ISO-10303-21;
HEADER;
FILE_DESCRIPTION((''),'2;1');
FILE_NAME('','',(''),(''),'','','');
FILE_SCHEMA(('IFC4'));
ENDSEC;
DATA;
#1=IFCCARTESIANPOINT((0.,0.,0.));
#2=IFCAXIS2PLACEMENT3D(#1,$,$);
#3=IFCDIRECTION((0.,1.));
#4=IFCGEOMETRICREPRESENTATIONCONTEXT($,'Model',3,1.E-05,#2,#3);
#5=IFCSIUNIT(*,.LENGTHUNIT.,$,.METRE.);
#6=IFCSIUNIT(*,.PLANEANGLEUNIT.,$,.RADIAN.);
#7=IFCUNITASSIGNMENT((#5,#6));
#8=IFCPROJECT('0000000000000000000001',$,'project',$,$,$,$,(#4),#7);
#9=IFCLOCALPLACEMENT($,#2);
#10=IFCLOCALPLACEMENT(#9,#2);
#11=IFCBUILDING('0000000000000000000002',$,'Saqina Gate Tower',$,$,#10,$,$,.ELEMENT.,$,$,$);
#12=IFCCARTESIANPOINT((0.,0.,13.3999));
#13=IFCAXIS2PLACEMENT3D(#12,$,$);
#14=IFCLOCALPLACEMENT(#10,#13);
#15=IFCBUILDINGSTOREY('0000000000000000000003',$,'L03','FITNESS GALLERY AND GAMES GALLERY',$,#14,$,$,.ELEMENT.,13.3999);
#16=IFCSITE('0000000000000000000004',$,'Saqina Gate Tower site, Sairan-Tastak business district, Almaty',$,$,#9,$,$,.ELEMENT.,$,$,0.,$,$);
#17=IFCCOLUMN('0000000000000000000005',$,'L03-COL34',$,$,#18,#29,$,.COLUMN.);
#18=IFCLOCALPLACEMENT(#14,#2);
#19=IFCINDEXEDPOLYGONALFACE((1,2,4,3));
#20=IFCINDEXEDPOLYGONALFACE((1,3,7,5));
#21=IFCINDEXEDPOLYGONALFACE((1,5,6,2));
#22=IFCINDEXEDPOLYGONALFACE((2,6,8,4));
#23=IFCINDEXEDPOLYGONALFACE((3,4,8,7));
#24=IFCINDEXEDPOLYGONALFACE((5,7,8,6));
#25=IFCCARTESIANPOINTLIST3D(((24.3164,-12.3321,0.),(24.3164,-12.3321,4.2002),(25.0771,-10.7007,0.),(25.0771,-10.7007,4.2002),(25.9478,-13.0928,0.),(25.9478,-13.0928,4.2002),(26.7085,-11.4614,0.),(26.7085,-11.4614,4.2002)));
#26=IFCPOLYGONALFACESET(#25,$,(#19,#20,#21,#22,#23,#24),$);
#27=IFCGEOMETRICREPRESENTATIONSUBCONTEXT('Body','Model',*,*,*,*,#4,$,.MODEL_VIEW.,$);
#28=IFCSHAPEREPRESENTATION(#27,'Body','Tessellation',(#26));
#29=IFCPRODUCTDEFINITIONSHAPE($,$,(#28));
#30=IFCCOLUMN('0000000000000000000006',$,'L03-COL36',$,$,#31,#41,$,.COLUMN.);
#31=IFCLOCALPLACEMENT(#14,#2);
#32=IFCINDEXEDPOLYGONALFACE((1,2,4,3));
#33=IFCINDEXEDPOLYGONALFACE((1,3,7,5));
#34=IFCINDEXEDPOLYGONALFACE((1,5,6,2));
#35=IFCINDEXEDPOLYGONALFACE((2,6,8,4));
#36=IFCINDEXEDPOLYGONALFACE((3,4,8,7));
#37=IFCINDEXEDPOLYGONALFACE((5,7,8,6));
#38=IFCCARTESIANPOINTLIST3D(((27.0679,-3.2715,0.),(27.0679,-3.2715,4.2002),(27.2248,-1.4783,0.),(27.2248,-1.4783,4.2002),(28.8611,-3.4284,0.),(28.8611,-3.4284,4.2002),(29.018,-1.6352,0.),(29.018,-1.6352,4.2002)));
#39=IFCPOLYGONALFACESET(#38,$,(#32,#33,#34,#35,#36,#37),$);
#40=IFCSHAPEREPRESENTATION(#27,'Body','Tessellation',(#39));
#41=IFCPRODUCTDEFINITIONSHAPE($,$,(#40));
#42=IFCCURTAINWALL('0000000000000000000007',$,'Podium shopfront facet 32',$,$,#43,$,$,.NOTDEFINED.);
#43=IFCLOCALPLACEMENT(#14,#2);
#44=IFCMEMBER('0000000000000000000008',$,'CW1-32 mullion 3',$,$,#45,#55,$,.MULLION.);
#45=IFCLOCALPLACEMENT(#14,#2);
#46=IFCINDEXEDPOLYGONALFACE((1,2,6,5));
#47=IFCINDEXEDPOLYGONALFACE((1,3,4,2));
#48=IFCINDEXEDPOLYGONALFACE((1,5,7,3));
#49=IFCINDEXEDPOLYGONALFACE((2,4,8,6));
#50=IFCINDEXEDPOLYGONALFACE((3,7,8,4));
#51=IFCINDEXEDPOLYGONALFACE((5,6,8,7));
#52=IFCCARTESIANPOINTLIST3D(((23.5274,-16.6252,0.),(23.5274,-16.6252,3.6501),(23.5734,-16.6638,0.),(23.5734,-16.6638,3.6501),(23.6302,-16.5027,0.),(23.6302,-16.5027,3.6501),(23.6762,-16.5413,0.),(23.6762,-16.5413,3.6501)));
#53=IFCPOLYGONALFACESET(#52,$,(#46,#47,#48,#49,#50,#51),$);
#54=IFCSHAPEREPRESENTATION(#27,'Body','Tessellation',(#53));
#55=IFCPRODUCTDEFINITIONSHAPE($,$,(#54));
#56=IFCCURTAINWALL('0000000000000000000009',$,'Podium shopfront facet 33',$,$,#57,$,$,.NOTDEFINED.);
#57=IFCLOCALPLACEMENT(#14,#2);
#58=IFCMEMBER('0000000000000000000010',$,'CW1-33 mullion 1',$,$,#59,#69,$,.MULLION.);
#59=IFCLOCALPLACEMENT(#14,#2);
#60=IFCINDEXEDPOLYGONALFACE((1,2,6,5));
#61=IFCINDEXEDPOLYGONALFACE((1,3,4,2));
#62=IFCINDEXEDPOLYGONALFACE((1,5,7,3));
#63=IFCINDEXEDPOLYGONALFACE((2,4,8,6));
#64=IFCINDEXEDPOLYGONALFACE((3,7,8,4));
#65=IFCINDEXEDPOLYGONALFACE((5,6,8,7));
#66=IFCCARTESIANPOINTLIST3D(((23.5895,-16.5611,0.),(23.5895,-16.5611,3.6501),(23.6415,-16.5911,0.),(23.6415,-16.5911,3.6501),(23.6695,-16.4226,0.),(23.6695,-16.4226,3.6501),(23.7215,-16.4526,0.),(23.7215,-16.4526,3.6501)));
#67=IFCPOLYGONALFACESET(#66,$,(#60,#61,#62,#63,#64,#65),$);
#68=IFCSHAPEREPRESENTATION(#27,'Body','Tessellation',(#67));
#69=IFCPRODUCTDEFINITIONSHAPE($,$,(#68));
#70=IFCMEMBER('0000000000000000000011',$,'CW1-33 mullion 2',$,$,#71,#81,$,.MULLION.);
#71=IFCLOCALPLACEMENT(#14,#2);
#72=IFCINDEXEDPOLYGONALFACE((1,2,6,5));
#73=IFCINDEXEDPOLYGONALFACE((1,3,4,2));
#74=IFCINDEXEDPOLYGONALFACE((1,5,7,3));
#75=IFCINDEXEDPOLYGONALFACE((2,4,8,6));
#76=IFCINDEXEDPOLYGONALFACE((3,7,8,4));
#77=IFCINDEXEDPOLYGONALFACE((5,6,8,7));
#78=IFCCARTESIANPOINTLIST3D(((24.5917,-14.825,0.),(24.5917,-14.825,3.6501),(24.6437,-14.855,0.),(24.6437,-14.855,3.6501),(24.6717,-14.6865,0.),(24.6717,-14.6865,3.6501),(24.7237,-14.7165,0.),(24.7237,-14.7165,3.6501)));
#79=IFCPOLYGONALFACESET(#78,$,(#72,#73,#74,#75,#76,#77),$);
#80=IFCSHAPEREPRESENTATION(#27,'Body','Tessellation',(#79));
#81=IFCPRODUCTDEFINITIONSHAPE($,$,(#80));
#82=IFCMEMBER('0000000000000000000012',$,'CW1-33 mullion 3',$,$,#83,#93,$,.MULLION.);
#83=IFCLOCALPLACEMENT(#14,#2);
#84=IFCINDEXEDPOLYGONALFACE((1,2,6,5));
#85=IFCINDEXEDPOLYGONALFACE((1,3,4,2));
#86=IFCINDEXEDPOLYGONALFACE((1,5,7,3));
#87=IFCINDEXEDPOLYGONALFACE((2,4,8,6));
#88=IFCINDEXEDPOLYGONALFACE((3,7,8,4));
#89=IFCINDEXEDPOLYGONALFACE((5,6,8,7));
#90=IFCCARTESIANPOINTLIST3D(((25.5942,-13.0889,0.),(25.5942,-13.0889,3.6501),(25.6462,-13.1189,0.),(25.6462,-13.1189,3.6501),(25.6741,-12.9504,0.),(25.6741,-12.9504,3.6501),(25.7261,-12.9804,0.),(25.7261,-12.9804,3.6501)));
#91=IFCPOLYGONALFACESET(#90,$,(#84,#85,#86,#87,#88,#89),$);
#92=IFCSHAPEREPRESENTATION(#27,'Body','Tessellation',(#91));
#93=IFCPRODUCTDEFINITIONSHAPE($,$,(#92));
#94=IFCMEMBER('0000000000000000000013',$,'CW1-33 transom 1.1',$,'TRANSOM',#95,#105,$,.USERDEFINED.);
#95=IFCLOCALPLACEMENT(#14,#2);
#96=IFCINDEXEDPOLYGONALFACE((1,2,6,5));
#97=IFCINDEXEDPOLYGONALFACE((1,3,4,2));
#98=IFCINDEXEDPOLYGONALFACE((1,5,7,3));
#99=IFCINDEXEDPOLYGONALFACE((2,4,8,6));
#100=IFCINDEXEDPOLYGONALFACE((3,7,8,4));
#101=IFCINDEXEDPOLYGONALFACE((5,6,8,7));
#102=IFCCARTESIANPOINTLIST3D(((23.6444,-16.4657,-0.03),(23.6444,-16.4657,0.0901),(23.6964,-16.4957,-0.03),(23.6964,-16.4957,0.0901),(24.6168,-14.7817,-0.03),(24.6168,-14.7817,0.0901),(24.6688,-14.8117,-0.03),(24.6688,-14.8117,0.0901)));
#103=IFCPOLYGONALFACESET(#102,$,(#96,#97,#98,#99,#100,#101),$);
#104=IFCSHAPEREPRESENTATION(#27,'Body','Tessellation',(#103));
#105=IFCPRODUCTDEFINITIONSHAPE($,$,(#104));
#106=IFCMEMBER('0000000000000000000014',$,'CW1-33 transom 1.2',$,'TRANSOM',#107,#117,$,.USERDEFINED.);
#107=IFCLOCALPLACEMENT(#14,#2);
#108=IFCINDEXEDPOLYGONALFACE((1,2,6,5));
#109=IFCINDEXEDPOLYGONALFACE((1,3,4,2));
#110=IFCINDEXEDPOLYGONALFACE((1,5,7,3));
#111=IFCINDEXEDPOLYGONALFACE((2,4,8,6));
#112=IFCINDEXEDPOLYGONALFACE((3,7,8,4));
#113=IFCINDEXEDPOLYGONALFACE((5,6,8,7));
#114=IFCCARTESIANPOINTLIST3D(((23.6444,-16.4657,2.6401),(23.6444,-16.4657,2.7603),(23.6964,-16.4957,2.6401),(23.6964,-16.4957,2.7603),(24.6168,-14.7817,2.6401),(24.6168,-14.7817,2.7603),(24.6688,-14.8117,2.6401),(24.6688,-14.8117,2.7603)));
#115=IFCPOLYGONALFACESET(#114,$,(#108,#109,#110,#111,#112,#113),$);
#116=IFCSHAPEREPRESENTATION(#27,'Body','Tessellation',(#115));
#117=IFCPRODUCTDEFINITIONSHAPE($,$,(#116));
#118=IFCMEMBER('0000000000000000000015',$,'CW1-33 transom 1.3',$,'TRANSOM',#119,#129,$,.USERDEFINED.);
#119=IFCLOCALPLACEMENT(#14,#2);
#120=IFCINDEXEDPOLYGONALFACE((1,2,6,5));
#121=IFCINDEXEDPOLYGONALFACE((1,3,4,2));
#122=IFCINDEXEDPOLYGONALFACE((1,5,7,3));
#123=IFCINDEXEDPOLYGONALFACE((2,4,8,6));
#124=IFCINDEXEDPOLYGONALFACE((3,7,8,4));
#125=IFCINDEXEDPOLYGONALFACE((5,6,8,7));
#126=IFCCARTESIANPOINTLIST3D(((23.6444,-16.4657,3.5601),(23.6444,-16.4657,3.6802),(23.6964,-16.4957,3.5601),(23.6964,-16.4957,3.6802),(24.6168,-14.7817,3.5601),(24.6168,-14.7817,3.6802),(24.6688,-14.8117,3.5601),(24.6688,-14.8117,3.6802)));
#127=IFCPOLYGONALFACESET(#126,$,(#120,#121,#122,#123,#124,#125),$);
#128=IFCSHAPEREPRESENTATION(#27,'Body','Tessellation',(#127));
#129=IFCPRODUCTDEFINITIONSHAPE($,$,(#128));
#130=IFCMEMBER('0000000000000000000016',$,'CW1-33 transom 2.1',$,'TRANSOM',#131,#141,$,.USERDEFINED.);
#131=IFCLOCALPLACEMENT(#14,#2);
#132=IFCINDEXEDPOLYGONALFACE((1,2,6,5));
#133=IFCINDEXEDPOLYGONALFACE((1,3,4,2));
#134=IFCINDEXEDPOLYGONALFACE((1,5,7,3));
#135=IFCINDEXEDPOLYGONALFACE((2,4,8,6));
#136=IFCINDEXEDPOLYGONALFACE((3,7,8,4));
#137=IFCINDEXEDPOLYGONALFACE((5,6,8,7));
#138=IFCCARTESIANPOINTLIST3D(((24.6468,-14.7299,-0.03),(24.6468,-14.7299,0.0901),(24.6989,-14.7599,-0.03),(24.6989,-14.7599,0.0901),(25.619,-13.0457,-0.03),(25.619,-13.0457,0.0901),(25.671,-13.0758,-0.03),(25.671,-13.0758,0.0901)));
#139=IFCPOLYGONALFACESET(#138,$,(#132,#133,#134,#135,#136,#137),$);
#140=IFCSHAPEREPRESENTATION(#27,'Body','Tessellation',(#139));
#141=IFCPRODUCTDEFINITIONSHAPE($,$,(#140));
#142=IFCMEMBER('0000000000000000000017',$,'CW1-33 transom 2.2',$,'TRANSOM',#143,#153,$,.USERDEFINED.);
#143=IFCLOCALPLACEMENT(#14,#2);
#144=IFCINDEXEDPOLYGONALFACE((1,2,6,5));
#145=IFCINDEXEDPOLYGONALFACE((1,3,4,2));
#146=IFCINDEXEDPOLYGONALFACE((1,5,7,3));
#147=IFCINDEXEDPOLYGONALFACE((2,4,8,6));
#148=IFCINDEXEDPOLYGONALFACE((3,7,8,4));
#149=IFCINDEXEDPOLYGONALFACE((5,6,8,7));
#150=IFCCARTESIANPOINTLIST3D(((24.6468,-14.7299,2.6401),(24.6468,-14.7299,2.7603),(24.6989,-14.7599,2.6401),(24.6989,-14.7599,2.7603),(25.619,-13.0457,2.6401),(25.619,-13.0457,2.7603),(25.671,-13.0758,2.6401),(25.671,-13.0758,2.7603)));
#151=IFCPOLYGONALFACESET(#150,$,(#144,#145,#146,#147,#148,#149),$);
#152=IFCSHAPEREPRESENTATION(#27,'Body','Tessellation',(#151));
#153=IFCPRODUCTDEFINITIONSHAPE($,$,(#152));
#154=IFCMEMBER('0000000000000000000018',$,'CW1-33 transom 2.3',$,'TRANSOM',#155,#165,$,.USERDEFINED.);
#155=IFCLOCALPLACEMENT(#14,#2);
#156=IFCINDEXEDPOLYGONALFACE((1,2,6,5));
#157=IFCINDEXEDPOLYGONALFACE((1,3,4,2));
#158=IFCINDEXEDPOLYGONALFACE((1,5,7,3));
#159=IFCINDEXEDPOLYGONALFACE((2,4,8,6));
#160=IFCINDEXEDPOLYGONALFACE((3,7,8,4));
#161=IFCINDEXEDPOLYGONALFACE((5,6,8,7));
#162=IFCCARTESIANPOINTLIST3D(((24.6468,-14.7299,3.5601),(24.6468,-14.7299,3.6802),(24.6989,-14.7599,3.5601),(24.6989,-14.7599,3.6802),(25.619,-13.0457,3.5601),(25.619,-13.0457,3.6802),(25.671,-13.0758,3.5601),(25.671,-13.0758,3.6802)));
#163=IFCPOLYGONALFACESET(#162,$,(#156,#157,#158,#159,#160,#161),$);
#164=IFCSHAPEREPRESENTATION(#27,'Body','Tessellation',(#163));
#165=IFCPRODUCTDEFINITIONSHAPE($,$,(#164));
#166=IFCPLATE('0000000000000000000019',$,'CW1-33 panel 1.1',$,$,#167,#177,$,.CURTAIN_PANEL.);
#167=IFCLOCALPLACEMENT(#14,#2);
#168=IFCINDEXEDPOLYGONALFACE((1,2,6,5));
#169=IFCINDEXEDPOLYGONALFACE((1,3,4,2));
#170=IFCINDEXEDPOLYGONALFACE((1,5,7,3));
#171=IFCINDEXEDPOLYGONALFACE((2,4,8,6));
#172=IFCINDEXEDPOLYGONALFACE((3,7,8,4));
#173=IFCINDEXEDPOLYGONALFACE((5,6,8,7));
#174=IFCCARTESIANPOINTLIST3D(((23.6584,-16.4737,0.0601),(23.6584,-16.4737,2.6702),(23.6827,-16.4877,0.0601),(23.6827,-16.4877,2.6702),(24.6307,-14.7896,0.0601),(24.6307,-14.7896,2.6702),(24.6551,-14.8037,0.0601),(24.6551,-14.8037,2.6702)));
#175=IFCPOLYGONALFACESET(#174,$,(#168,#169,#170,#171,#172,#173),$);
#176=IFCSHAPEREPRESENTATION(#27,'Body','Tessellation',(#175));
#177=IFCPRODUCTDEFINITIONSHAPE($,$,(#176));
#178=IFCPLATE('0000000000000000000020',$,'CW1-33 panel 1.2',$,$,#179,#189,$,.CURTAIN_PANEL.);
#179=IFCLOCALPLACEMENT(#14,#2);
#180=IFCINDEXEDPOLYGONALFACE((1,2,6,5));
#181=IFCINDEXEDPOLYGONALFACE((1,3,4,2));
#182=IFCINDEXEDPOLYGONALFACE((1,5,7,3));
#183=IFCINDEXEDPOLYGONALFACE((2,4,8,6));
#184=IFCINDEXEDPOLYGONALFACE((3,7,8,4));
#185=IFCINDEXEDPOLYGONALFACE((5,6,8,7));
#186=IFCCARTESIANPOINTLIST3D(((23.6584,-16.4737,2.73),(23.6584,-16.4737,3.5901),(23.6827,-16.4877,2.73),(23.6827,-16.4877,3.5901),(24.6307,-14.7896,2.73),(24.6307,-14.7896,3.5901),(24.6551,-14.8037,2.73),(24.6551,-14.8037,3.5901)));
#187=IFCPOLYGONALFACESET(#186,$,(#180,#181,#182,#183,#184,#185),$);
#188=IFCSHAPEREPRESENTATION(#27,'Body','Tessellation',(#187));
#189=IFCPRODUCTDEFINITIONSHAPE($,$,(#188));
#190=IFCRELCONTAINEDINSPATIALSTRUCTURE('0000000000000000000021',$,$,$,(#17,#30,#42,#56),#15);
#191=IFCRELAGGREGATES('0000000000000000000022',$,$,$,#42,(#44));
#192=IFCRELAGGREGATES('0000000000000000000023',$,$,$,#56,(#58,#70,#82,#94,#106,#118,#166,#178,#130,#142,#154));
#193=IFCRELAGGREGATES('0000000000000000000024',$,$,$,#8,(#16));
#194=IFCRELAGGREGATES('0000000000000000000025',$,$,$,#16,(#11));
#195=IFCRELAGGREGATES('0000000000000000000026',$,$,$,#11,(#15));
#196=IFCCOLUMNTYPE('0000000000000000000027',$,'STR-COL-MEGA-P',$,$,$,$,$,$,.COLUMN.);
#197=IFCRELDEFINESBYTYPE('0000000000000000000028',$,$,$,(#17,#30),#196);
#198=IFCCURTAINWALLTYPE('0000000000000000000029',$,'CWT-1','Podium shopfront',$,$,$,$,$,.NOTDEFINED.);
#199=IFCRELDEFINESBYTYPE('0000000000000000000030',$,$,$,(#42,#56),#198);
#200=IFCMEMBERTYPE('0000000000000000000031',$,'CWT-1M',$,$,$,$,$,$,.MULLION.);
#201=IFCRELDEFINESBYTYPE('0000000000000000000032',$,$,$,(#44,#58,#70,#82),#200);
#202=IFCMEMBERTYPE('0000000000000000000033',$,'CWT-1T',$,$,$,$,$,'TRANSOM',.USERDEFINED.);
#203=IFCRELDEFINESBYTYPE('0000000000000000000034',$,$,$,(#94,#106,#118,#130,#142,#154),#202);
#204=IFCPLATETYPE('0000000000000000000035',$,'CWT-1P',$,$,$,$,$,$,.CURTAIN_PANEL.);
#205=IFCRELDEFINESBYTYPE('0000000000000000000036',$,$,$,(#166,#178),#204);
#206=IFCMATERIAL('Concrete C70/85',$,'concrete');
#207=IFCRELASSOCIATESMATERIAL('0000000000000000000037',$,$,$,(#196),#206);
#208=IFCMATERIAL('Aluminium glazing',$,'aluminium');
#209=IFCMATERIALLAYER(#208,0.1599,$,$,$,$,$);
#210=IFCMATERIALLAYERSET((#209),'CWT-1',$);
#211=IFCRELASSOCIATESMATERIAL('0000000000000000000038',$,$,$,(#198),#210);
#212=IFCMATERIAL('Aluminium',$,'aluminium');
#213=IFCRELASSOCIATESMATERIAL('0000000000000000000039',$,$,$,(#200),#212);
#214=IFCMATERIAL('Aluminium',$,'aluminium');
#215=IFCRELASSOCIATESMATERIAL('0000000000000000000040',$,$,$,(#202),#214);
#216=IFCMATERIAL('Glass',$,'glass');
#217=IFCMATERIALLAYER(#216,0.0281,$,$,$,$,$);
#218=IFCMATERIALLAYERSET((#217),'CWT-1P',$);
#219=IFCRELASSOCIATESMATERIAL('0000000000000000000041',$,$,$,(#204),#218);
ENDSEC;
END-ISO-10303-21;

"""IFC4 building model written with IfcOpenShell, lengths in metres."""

from ifc_helpers import new_model, si_unit, direction, frame, origin, origin_2d, place, context, subcontext, project, spatial, rectangle, extrude, material, layer, layer_set, material_profile, profile_set, type_object, element, aggregate, save


model = new_model("IFC4")

# Units and contexts
model_context = context("Model", 3, precision=1e-05, world=origin(), true_north=direction((0.0, 1.0)))
body_context = subcontext(model_context, "Body", "Model", "MODEL_VIEW")
ifc_project = project(units=[si_unit("LENGTHUNIT", "METRE"), si_unit("PLANEANGLEUNIT", "RADIAN")], contexts=[model_context])

# Site, building, storey
site_placement = place(None, origin())
site = spatial("IfcSite", under=ifc_project, at=site_placement, Name="Saqina Gate Tower site, Sairan-Tastak business district, Almaty", CompositionType="ELEMENT", RefElevation=0.0)
building_placement = place(site_placement, origin())
building = spatial("IfcBuilding", under=site, at=building_placement, Name="Saqina Gate Tower", CompositionType="ELEMENT")
storey_placement = place(building_placement, frame((0.0, 0.0, 13.3999)))
storey = spatial("IfcBuildingStorey", under=building, at=storey_placement, Name="L03", Description="FITNESS GALLERY AND GAMES GALLERY", CompositionType="ELEMENT", Elevation=13.3999)

# Columns
ifc_material_1 = material(Name="Concrete C70/85", Category="concrete")
ifc_material_profile_1 = material_profile(ifc_material_1, rectangle(XDim=1.8, YDim=1.8, at=origin_2d()), Name="RC 1800x1800")
ifc_profile_set_1 = profile_set([ifc_material_profile_1], Name="Concrete C70/85")
column_type = type_object("IfcColumnType", Name="STR-COL-MEGA-P", PredefinedType="COLUMN", material=ifc_profile_set_1)
for number, where, z_axis, x_axis, name in (
    (1, (25.5125, -11.8967, 0.0), (0.0, 0.0, 1.0), (0.906308, -0.422618, 0.0), "L03-COL34"),
    (2, (28.043, -2.4534, 0.0), (0.0, 0.0, 1.0), (0.996195, -0.087156, 0.0), "L03-COL36"),
):
    element("IfcColumn", number, at=place(storey_placement, frame(where, z_axis=z_axis, x_axis=x_axis)), inside=storey, type_object=column_type, Name=name, PredefinedType="COLUMN", context=body_context, shape_type="SweptSolid", body=[
        extrude(rectangle(XDim=1.8, YDim=1.8, at=origin_2d()), origin(), (0.0, 0.0, 1.0), 4.2002),
    ])

# Curtain wall, member
ifc_material_2 = material(Name="Aluminium glazing", Category="aluminium")
ifc_layer_1 = layer(ifc_material_2, 0.1599)
ifc_layer_set_1 = layer_set([ifc_layer_1], Name="CWT-1")
curtain_wall_type = type_object("IfcCurtainWallType", Name="CWT-1", Description="Podium shopfront", PredefinedType="NOTDEFINED", material=ifc_layer_set_1)
curtain_wall_1_placement = place(storey_placement, origin())
curtain_wall_1 = element("IfcCurtainWall", 3, at=curtain_wall_1_placement, inside=storey, type_object=curtain_wall_type, Name="Podium shopfront facet 32", PredefinedType="NOTDEFINED")
ifc_material_3 = material(Name="Aluminium", Category="aluminium")
ifc_material_profile_2 = material_profile(ifc_material_3, rectangle(XDim=0.0601, YDim=0.1599, at=origin_2d()), Name="Aluminium 60x160")
ifc_profile_set_2 = profile_set([ifc_material_profile_2], Name="Aluminium")
member_type_1 = type_object("IfcMemberType", Name="CWT-1M", PredefinedType="MULLION", material=ifc_profile_set_2)
member_1_placement = place(storey_placement, frame((23.6018, -16.5833, 0.0), z_axis=(0.0, 0.0, 1.0), x_axis=(-0.766051, 0.642779, 0.0)))
member_1 = element("IfcMember", 4, at=member_1_placement, type_object=member_type_1, Name="CW1-32 mullion 3", PredefinedType="MULLION", context=body_context, shape_type="SweptSolid", body=[
    extrude(rectangle(XDim=0.0601, YDim=0.1599, at=origin_2d()), origin(), (0.0, 0.0, 1.0), 3.6501),
])
aggregate(curtain_wall_1, [member_1])

# Curtain wall, members, plates
curtain_wall_2_placement = place(storey_placement, origin())
curtain_wall_2 = element("IfcCurtainWall", 5, at=curtain_wall_2_placement, inside=storey, type_object=curtain_wall_type, Name="Podium shopfront facet 33", PredefinedType="NOTDEFINED")
member_2_placement = place(storey_placement, frame((23.6555, -16.5068, 0.0), z_axis=(0.0, 0.0, 1.0), x_axis=(-0.866017, 0.500014, 0.0)))
member_2 = element("IfcMember", 6, at=member_2_placement, type_object=member_type_1, Name="CW1-33 mullion 1", PredefinedType="MULLION", context=body_context, shape_type="SweptSolid", body=[
    extrude(rectangle(XDim=0.0601, YDim=0.1599, at=origin_2d()), origin(), (0.0, 0.0, 1.0), 3.6501),
])
member_3_placement = place(storey_placement, frame((24.6577, -14.7708, 0.0), z_axis=(0.0, 0.0, 1.0), x_axis=(-0.866017, 0.500014, 0.0)))
member_3 = element("IfcMember", 7, at=member_3_placement, type_object=member_type_1, Name="CW1-33 mullion 2", PredefinedType="MULLION", context=body_context, shape_type="SweptSolid", body=[
    extrude(rectangle(XDim=0.0601, YDim=0.1599, at=origin_2d()), origin(), (0.0, 0.0, 1.0), 3.6501),
])
member_4_placement = place(storey_placement, frame((25.6602, -13.0347, 0.0), z_axis=(0.0, 0.0, 1.0), x_axis=(-0.866017, 0.500014, 0.0)))
member_4 = element("IfcMember", 8, at=member_4_placement, type_object=member_type_1, Name="CW1-33 mullion 3", PredefinedType="MULLION", context=body_context, shape_type="SweptSolid", body=[
    extrude(rectangle(XDim=0.0601, YDim=0.1599, at=origin_2d()), origin(), (0.0, 0.0, 1.0), 3.6501),
])
ifc_material_4 = material(Name="Aluminium", Category="aluminium")
ifc_material_profile_3 = material_profile(ifc_material_4, rectangle(XDim=0.0601, YDim=0.1201, at=origin_2d()), Name="Aluminium 60x120")
ifc_profile_set_3 = profile_set([ifc_material_profile_3], Name="Aluminium")
member_type_2 = type_object("IfcMemberType", Name="CWT-1T", ElementType="TRANSOM", PredefinedType="USERDEFINED", material=ifc_profile_set_3)
member_5_placement = place(storey_placement, frame((23.6704, -16.4807, 0.03), z_axis=(0.500041, 0.866002, 0.0), x_axis=(-0.866002, 0.500041, 0.0)))
member_5 = element("IfcMember", 9, at=member_5_placement, type_object=member_type_2, Name="CW1-33 transom 1.1", ObjectType="TRANSOM", PredefinedType="USERDEFINED", context=body_context, shape_type="SweptSolid", body=[
    extrude(rectangle(XDim=0.0601, YDim=0.1201, at=origin_2d()), origin(), (0.0, 0.0, 1.0), 1.9446),
])
member_6_placement = place(storey_placement, frame((23.6704, -16.4807, 2.7002), z_axis=(0.500041, 0.866002, 0.0), x_axis=(-0.866002, 0.500041, 0.0)))
member_6 = element("IfcMember", 10, at=member_6_placement, type_object=member_type_2, Name="CW1-33 transom 1.2", ObjectType="TRANSOM", PredefinedType="USERDEFINED", context=body_context, shape_type="SweptSolid", body=[
    extrude(rectangle(XDim=0.0601, YDim=0.1201, at=origin_2d()), origin(), (0.0, 0.0, 1.0), 1.9446),
])
member_7_placement = place(storey_placement, frame((23.6704, -16.4807, 3.6201), z_axis=(0.500041, 0.866002, 0.0), x_axis=(-0.866002, 0.500041, 0.0)))
member_7 = element("IfcMember", 11, at=member_7_placement, type_object=member_type_2, Name="CW1-33 transom 1.3", ObjectType="TRANSOM", PredefinedType="USERDEFINED", context=body_context, shape_type="SweptSolid", body=[
    extrude(rectangle(XDim=0.0601, YDim=0.1201, at=origin_2d()), origin(), (0.0, 0.0, 1.0), 1.9446),
])
member_8_placement = place(storey_placement, frame((24.6729, -14.7449, 0.03), z_axis=(0.499947, 0.866056, 0.0), x_axis=(-0.866056, 0.499947, 0.0)))
member_8 = element("IfcMember", 12, at=member_8_placement, type_object=member_type_2, Name="CW1-33 transom 2.1", ObjectType="TRANSOM", PredefinedType="USERDEFINED", context=body_context, shape_type="SweptSolid", body=[
    extrude(rectangle(XDim=0.0601, YDim=0.1201, at=origin_2d()), origin(), (0.0, 0.0, 1.0), 1.9446),
])
member_9_placement = place(storey_placement, frame((24.6729, -14.7449, 2.7002), z_axis=(0.499947, 0.866056, 0.0), x_axis=(-0.866056, 0.499947, 0.0)))
member_9 = element("IfcMember", 13, at=member_9_placement, type_object=member_type_2, Name="CW1-33 transom 2.2", ObjectType="TRANSOM", PredefinedType="USERDEFINED", context=body_context, shape_type="SweptSolid", body=[
    extrude(rectangle(XDim=0.0601, YDim=0.1201, at=origin_2d()), origin(), (0.0, 0.0, 1.0), 1.9446),
])
member_10_placement = place(storey_placement, frame((24.6729, -14.7449, 3.6201), z_axis=(0.499947, 0.866056, 0.0), x_axis=(-0.866056, 0.499947, 0.0)))
member_10 = element("IfcMember", 14, at=member_10_placement, type_object=member_type_2, Name="CW1-33 transom 2.3", ObjectType="TRANSOM", PredefinedType="USERDEFINED", context=body_context, shape_type="SweptSolid", body=[
    extrude(rectangle(XDim=0.0601, YDim=0.1201, at=origin_2d()), origin(), (0.0, 0.0, 1.0), 1.9446),
])
ifc_material_5 = material(Name="Glass", Category="glass")
ifc_layer_2 = layer(ifc_material_5, 0.0281)
ifc_layer_set_2 = layer_set([ifc_layer_2], Name="CWT-1P")
plate_type = type_object("IfcPlateType", Name="CWT-1P", PredefinedType="CURTAIN_PANEL", material=ifc_layer_set_2)
plate_1_placement = place(storey_placement, frame((24.1567, -15.6387, 0.0601), z_axis=(0.0, 0.0, 1.0), x_axis=(0.500014, 0.866017, 0.0)))
plate_1 = element("IfcPlate", 15, at=plate_1_placement, type_object=plate_type, Name="CW1-33 panel 1.1", PredefinedType="CURTAIN_PANEL", context=body_context, shape_type="SweptSolid", body=[
    extrude(rectangle(XDim=1.9446, YDim=0.0281, at=origin_2d()), origin(), (0.0, 0.0, 1.0), 2.6101),
])
plate_2_placement = place(storey_placement, frame((24.1567, -15.6387, 2.73), z_axis=(0.0, 0.0, 1.0), x_axis=(0.500014, 0.866017, 0.0)))
plate_2 = element("IfcPlate", 16, at=plate_2_placement, type_object=plate_type, Name="CW1-33 panel 1.2", PredefinedType="CURTAIN_PANEL", context=body_context, shape_type="SweptSolid", body=[
    extrude(rectangle(XDim=1.9446, YDim=0.0281, at=origin_2d()), origin(), (0.0, 0.0, 1.0), 0.8601),
])
aggregate(curtain_wall_2, [member_2, member_3, member_4, member_5, member_6, member_7, plate_1, plate_2, member_8, member_9, member_10])

save(model, "model.ifc")
